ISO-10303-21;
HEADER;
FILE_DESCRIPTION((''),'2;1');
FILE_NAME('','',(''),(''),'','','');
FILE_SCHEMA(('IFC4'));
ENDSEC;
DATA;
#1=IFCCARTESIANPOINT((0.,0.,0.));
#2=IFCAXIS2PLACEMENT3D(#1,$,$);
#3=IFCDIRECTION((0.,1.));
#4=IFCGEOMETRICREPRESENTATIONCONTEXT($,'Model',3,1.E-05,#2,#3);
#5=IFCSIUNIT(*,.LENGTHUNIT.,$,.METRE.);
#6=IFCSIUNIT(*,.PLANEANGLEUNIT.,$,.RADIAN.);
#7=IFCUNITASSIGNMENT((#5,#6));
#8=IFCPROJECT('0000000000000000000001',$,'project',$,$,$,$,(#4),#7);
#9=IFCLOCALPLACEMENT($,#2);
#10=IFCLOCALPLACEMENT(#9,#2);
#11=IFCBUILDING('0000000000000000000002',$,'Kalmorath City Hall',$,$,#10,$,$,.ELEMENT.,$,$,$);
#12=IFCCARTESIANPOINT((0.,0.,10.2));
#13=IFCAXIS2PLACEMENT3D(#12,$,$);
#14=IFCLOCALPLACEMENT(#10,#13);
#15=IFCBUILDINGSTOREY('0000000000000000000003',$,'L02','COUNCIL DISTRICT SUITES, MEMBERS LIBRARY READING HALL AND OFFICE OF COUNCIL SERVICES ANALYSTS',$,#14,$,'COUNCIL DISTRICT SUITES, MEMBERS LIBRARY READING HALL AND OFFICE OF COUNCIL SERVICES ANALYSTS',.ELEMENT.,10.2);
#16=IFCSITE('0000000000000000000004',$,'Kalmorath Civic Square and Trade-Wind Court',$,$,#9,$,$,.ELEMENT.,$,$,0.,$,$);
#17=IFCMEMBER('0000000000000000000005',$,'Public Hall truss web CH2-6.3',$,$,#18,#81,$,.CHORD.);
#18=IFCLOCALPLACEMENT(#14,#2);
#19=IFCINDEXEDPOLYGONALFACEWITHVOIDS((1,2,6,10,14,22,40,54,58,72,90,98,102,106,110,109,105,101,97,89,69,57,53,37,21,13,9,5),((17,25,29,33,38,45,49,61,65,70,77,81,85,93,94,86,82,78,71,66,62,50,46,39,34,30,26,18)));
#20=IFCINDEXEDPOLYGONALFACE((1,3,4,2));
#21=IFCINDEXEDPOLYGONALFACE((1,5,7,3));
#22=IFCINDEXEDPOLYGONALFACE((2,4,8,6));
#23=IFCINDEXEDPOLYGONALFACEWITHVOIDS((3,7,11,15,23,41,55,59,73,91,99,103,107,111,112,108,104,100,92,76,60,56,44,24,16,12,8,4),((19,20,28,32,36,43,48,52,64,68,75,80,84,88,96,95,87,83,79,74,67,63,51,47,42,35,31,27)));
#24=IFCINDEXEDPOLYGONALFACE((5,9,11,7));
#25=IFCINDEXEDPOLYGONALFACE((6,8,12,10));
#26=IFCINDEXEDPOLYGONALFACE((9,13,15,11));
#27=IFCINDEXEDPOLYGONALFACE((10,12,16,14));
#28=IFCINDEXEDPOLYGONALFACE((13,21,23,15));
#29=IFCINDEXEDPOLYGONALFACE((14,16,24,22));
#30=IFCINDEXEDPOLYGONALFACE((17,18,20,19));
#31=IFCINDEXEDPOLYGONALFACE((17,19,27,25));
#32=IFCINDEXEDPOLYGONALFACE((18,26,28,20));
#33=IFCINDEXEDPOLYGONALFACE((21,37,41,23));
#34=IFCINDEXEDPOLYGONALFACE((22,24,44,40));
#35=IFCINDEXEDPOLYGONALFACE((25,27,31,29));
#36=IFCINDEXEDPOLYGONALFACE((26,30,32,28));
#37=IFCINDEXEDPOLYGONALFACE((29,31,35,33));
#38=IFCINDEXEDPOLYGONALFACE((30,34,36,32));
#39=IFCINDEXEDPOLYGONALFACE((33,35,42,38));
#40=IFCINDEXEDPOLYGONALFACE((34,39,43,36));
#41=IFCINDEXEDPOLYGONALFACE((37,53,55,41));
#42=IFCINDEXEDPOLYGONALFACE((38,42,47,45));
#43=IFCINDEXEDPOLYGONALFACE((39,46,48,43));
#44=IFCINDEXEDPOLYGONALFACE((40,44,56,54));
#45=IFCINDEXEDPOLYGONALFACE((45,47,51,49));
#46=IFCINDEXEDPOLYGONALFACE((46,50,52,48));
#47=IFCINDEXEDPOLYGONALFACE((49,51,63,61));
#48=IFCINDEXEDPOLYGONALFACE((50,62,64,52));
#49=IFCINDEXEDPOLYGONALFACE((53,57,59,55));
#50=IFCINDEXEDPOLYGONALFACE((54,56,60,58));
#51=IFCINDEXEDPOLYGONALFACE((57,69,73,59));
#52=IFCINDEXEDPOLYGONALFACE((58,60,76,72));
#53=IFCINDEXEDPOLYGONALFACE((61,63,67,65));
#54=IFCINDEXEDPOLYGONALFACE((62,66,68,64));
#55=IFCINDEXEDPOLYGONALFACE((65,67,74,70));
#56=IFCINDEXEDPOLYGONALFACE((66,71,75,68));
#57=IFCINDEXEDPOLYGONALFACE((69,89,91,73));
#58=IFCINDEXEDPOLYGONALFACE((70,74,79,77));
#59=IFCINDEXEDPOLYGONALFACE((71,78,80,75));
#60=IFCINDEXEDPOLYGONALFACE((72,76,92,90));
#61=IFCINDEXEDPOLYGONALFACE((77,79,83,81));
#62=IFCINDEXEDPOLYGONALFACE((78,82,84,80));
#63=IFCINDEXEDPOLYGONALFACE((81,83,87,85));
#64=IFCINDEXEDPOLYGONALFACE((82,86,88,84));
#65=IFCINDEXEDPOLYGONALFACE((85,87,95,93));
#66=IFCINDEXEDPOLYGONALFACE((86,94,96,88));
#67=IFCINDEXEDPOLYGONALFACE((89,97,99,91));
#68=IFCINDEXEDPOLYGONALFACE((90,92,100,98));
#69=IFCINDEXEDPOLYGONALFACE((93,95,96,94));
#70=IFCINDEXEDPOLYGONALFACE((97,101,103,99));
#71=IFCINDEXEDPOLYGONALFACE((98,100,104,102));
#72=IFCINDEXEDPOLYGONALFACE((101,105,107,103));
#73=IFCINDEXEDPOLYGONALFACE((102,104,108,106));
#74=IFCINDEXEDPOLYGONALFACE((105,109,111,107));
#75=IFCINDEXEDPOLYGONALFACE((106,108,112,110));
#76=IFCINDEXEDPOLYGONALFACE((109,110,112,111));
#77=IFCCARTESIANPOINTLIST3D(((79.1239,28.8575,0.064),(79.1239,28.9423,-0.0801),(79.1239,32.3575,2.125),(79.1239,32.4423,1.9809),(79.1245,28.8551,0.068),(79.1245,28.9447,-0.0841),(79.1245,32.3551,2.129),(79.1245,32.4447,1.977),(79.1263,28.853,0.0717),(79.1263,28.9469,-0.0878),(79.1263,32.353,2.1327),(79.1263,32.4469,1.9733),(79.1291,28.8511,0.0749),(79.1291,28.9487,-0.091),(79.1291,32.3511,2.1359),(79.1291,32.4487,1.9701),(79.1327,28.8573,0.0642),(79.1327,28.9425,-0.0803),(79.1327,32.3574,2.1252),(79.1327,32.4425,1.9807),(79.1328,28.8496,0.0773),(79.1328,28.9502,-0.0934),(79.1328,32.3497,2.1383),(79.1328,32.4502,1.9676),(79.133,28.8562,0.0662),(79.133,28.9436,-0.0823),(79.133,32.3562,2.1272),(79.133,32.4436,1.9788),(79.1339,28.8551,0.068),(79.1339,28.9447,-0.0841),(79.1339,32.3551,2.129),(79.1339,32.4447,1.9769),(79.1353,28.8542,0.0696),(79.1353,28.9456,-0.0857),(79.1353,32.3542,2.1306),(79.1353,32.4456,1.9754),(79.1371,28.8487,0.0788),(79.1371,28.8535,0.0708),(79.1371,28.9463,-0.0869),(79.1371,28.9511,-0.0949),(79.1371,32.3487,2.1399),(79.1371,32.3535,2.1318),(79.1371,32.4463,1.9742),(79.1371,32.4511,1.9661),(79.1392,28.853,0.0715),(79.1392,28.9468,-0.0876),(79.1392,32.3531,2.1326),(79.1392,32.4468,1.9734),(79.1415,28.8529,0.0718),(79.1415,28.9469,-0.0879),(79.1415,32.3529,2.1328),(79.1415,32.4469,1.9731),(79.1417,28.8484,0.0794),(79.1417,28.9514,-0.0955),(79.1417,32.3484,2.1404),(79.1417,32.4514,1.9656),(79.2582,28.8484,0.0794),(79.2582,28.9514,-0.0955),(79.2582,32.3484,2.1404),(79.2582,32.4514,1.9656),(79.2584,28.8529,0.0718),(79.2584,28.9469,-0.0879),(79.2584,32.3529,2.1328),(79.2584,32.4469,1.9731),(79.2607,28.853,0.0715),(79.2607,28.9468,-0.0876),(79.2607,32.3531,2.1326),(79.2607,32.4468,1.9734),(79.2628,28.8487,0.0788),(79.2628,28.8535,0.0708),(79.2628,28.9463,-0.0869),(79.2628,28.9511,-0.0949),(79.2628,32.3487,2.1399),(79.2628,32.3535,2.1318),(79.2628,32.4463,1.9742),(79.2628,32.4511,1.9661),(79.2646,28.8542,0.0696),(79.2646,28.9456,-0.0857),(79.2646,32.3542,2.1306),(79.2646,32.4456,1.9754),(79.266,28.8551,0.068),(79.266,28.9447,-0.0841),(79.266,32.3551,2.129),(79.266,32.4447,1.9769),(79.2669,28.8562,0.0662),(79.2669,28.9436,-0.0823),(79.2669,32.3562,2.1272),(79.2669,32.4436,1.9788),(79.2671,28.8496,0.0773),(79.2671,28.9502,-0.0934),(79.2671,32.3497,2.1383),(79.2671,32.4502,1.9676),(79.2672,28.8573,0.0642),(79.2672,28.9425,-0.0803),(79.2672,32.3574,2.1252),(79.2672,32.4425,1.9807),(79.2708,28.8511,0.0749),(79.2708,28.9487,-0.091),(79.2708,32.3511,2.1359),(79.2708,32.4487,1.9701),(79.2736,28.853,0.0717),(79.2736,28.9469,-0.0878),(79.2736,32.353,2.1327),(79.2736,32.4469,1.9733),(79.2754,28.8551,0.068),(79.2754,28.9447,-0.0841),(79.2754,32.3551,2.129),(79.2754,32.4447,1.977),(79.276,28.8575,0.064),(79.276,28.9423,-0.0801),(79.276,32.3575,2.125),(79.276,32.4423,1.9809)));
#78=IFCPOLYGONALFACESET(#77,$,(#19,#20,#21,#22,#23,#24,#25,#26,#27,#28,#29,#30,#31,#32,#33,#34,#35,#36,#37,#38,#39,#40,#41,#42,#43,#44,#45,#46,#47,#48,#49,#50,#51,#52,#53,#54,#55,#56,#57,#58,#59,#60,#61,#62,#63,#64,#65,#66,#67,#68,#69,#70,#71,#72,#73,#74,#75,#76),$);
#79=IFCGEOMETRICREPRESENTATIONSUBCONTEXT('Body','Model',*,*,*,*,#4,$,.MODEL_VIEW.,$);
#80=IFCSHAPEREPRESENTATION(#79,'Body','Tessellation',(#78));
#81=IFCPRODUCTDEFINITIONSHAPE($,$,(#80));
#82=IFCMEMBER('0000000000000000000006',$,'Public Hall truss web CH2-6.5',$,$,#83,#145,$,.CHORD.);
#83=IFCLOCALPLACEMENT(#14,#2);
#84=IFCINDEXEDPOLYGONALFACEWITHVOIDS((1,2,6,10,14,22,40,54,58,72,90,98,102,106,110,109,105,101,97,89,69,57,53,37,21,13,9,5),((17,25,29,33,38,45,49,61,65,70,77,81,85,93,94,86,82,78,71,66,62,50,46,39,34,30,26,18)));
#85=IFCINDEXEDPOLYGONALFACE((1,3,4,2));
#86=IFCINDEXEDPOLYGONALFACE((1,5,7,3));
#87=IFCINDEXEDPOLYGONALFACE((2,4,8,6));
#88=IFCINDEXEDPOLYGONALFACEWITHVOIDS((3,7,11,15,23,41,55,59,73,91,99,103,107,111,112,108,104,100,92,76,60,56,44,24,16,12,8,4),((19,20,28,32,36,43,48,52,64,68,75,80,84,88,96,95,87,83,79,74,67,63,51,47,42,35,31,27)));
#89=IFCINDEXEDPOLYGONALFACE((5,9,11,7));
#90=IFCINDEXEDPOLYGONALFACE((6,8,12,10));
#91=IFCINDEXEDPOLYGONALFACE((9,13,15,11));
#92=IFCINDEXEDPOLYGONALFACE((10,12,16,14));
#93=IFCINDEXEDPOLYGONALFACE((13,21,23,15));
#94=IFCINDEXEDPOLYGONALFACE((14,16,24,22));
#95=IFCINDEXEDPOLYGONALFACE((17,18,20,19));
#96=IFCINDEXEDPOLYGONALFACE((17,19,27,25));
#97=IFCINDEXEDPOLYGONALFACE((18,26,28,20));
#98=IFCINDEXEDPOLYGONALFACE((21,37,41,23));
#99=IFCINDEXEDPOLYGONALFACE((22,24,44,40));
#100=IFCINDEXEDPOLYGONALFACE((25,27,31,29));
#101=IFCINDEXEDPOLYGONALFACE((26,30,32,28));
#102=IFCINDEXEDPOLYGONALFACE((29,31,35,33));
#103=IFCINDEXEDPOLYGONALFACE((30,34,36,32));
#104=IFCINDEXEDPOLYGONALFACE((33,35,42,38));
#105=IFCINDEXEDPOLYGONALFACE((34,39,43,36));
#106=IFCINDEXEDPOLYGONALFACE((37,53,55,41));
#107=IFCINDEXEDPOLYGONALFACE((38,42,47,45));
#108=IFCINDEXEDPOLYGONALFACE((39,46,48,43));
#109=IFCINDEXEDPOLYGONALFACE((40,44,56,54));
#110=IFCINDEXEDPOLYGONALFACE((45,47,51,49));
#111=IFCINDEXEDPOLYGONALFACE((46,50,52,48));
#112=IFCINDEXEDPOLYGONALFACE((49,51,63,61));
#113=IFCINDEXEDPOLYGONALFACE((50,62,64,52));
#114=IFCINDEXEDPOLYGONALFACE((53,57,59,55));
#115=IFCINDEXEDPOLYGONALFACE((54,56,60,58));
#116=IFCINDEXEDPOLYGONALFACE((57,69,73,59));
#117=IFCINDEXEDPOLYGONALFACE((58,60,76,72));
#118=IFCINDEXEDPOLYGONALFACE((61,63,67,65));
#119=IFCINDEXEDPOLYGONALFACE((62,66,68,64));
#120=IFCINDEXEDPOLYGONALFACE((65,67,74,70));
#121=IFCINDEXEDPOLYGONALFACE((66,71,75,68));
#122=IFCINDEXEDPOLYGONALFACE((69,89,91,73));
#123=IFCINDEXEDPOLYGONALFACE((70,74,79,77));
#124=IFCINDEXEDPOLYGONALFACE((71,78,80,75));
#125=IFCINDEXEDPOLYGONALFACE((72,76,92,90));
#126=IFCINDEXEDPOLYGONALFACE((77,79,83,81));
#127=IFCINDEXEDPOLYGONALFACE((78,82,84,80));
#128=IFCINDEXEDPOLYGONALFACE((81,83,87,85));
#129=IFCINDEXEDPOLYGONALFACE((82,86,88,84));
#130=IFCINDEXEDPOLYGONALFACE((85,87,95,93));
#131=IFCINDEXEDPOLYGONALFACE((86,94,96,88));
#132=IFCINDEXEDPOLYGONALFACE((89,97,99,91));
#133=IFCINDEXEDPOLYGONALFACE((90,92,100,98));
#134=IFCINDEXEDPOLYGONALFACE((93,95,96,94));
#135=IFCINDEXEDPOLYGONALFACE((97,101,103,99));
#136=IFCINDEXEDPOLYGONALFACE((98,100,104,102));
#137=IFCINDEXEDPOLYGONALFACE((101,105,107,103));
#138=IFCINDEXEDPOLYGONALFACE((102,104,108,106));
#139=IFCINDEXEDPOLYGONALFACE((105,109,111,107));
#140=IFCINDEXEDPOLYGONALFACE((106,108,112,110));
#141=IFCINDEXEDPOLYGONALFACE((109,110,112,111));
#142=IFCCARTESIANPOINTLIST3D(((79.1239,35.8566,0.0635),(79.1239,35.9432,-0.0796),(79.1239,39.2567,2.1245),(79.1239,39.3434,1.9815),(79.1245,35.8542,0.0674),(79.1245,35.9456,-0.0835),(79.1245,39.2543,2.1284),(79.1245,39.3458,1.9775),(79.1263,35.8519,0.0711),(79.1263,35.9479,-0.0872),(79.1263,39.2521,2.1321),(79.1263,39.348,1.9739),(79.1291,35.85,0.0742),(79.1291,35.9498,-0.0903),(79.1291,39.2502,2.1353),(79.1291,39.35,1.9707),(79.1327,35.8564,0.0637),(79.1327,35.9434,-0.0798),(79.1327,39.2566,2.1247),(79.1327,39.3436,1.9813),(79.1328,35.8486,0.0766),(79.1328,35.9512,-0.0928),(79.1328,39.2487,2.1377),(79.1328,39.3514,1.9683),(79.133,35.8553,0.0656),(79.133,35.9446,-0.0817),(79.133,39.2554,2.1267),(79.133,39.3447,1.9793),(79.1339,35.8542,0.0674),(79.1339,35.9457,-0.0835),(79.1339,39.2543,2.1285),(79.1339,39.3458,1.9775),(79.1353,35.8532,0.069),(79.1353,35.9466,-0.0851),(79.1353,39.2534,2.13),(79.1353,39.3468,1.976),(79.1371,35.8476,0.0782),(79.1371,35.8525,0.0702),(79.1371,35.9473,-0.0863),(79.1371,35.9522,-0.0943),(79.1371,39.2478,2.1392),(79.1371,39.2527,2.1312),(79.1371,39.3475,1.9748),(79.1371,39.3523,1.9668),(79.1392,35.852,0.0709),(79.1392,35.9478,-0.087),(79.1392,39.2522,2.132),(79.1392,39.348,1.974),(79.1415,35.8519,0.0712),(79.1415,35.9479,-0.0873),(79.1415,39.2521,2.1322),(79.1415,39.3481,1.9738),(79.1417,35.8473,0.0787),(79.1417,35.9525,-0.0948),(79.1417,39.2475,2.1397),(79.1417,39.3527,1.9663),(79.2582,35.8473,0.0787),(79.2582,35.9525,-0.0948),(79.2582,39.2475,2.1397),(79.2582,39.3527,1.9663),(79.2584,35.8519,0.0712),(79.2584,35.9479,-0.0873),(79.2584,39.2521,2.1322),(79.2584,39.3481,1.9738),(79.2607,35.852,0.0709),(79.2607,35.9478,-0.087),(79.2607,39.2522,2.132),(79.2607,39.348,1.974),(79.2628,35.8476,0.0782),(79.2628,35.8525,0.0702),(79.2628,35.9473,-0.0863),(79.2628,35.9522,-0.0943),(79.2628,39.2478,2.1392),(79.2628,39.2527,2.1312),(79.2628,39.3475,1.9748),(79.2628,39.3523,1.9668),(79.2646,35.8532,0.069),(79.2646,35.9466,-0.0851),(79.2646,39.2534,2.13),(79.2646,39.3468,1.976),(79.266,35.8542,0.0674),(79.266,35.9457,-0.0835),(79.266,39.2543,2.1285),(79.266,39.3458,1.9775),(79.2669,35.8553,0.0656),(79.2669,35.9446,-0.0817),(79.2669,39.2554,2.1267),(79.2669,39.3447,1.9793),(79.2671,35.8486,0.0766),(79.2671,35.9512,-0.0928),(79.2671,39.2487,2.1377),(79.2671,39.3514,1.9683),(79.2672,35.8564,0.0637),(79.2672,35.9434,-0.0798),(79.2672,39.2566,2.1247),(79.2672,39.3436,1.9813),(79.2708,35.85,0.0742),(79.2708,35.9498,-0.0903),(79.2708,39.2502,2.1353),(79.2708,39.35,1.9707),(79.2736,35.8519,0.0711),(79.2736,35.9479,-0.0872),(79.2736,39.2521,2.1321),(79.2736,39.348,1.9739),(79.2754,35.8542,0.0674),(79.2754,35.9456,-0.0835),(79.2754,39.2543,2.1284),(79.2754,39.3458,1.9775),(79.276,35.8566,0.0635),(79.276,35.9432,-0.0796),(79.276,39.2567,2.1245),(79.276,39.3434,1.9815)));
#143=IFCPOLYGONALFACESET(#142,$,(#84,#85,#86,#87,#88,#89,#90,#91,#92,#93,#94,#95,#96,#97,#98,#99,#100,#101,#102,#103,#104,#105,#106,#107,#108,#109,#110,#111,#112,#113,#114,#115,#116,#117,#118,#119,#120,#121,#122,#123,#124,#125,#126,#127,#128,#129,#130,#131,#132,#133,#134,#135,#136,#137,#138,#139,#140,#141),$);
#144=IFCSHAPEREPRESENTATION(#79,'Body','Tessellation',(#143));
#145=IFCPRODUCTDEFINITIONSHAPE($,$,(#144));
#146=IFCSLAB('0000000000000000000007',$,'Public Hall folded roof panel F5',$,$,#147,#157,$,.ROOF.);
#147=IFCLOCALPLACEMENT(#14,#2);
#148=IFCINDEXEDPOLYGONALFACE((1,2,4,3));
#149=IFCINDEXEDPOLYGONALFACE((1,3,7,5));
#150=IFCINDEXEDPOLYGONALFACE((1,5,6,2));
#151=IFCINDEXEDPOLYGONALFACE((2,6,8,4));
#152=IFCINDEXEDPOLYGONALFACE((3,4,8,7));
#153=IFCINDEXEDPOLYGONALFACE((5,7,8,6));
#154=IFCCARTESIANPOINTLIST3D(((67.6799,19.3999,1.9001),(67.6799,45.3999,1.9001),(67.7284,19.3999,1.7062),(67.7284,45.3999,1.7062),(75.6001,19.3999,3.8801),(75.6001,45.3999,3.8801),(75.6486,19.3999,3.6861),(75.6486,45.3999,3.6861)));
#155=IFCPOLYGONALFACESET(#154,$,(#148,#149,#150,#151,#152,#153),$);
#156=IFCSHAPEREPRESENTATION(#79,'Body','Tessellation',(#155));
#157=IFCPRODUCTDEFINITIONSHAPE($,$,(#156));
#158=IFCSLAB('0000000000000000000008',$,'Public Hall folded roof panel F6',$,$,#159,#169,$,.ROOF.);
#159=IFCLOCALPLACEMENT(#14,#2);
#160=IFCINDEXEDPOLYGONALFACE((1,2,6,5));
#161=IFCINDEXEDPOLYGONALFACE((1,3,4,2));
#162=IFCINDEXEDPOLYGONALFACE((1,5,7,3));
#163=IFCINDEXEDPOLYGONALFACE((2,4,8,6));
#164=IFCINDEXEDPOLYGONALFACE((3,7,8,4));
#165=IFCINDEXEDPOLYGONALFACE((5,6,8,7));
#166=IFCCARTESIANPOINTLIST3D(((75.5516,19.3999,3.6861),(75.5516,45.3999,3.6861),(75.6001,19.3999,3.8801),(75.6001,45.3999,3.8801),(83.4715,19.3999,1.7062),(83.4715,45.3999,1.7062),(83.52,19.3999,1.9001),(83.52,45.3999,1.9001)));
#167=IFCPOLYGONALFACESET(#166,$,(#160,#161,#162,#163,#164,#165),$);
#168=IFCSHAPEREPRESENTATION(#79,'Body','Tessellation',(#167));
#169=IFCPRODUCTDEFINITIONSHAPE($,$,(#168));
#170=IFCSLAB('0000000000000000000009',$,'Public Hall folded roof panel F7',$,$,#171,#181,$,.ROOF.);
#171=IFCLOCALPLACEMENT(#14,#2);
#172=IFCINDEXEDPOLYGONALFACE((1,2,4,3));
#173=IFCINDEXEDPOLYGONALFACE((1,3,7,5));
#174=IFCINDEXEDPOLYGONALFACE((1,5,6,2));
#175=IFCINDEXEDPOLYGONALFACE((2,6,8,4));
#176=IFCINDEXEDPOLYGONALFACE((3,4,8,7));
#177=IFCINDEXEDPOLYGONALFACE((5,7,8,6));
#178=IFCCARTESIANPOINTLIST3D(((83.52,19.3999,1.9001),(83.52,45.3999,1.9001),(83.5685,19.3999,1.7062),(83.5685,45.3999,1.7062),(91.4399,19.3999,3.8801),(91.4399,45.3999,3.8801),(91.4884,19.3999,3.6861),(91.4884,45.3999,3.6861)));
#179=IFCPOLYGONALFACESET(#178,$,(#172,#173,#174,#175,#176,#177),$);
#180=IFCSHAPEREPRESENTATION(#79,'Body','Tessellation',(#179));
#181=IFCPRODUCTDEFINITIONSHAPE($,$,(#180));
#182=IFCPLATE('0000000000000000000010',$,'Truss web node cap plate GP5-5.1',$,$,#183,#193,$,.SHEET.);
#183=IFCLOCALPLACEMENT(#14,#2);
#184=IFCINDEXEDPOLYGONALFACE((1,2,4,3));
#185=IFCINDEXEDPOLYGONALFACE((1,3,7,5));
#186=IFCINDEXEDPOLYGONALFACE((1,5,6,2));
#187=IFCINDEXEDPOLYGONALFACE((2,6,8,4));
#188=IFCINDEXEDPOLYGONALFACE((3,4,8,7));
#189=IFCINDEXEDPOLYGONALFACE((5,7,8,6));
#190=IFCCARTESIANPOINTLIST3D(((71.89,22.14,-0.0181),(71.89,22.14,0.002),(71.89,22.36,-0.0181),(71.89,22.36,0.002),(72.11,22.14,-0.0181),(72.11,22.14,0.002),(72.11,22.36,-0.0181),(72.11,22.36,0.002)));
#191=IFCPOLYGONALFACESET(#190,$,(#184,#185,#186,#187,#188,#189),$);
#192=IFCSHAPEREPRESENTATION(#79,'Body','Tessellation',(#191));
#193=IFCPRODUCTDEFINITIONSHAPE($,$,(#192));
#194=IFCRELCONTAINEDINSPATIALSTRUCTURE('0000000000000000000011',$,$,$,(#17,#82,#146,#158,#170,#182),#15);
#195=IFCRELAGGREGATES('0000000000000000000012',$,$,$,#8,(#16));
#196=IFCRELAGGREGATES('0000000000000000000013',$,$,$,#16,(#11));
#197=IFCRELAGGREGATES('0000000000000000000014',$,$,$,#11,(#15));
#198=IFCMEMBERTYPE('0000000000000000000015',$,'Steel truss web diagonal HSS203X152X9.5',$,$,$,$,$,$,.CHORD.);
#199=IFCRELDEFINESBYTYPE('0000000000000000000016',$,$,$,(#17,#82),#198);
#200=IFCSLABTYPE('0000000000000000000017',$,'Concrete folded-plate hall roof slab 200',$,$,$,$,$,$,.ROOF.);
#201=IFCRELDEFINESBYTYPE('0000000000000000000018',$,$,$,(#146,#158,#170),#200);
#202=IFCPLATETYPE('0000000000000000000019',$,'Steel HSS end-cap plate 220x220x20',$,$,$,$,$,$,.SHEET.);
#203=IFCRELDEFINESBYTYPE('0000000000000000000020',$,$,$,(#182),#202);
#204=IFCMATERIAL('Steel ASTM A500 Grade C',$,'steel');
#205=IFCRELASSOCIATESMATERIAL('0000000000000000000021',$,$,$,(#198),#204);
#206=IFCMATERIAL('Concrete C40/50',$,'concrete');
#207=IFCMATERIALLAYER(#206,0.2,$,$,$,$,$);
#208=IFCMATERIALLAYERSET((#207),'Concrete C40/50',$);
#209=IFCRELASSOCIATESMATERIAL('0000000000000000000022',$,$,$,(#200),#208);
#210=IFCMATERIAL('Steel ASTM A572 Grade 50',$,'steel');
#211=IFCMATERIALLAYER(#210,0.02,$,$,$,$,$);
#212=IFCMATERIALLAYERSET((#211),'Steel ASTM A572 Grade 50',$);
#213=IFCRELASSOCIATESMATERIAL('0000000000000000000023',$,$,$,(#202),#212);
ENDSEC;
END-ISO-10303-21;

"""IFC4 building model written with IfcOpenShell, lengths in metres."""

from ifc_helpers import new_model, si_unit, direction, frame, origin, origin_2d, place, context, subcontext, project, spatial, polyline, rectangle, hollow_rectangle, outline, extrude, material, layer, layer_set, material_profile, profile_set, type_object, element, save


model = new_model("IFC4")

# Units and contexts
model_context = context("Model", 3, precision=1e-05, world=origin(), true_north=direction((0.0, 1.0)))
body_context = subcontext(model_context, "Body", "Model", "MODEL_VIEW")
ifc_project = project(units=[si_unit("LENGTHUNIT", "METRE"), si_unit("PLANEANGLEUNIT", "RADIAN")], contexts=[model_context])

# Site, building, storey
site_placement = place(None, origin())
site = spatial("IfcSite", under=ifc_project, at=site_placement, Name="Kalmorath Civic Square and Trade-Wind Court", CompositionType="ELEMENT", RefElevation=0.0)
building_placement = place(site_placement, origin())
building = spatial("IfcBuilding", under=site, at=building_placement, Name="Kalmorath City Hall", CompositionType="ELEMENT")
storey_placement = place(building_placement, frame((0.0, 0.0, 10.2)))
storey = spatial("IfcBuildingStorey", under=building, at=storey_placement, Name="L02", Description="COUNCIL DISTRICT SUITES, MEMBERS LIBRARY READING HALL AND OFFICE OF COUNCIL SERVICES ANALYSTS", LongName="COUNCIL DISTRICT SUITES, MEMBERS LIBRARY READING HALL AND OFFICE OF COUNCIL SERVICES ANALYSTS", CompositionType="ELEMENT", Elevation=10.2)

# Members
ifc_material_1 = material(Name="Steel ASTM A500 Grade C", Category="steel")
ifc_material_profile_1 = material_profile(ifc_material_1, hollow_rectangle(XDim=0.1521, YDim=0.2029, WallThickness=0.0088, InnerFilletRadius=0.0088, OuterFilletRadius=0.0178, at=origin_2d()), Name="HSS203X152X9.5")
ifc_profile_set_1 = profile_set([ifc_material_profile_1], Name="Steel ASTM A500 Grade C")
member_type_1 = type_object("IfcMemberType", Name="Steel truss web diagonal HSS203X152X9.5", PredefinedType="CHORD", material=ifc_profile_set_1)
member_1_placement = place(storey_placement, frame((79.2, 28.8999, -0.0081), z_axis=(0.0, 0.861696, 0.507425), x_axis=(-1.0, 0.0, 0.0)))
element("IfcMember", 1, at=member_1_placement, inside=storey, type_object=member_type_1, Name="Public Hall truss web CH2-6.3", PredefinedType="CHORD", context=body_context, shape_type="SweptSolid", body=[
    extrude(hollow_rectangle(XDim=0.1521, YDim=0.2029, WallThickness=0.0088, InnerFilletRadius=0.0088, OuterFilletRadius=0.0178, at=origin_2d()), origin(), (0.0, 0.0, 1.0), 4.0618),
])
member_2_placement = place(storey_placement, frame((79.2, 35.8999, -0.0081), z_axis=(0.0, 0.85516, 0.518364), x_axis=(-1.0, 0.0, 0.0)))
element("IfcMember", 2, at=member_2_placement, inside=storey, type_object=member_type_1, Name="Public Hall truss web CH2-6.5", PredefinedType="CHORD", context=body_context, shape_type="SweptSolid", body=[
    extrude(hollow_rectangle(XDim=0.1521, YDim=0.2029, WallThickness=0.0088, InnerFilletRadius=0.0088, OuterFilletRadius=0.0178, at=origin_2d()), origin(), (0.0, 0.0, 1.0), 3.9761),
])

# Slabs
ifc_material_2 = material(Name="Concrete C40/50", Category="concrete")
ifc_layer_1 = layer(ifc_material_2, 0.2)
ifc_layer_set_1 = layer_set([ifc_layer_1], Name="Concrete C40/50")
slab_type = type_object("IfcSlabType", Name="Concrete folded-plate hall roof slab 200", PredefinedType="ROOF", material=ifc_layer_set_1)
slab_placement = place(storey_placement, frame((67.6799, 19.3999, 1.9001), z_axis=(-0.242529, 0.0, 0.970144), x_axis=(0.970144, 0.0, 0.242529)))
element("IfcSlab", 3, at=slab_placement, inside=storey, type_object=slab_type, Name="Public Hall folded roof panel F5", PredefinedType="ROOF", context=body_context, shape_type="SweptSolid", body=[
    extrude(outline(polyline([(0.0, 0.0), (8.1639, 0.0), (8.1639, 26.0), (0.0, 26.0), (0.0, 0.0)])), origin(), (0.0, 0.0, -1.0), 0.2),
])
for number, where, z_axis, x_axis, name in (
    (4, (75.6001, 19.3999, 3.8801), (0.242536, 0.0, 0.970143), (0.970143, 0.0, -0.242536), "Public Hall folded roof panel F6"),
    (5, (83.52, 19.3999, 1.9001), (-0.242536, 0.0, 0.970143), (0.970143, 0.0, 0.242536), "Public Hall folded roof panel F7"),
):
    element("IfcSlab", number, at=place(storey_placement, frame(where, z_axis=z_axis, x_axis=x_axis)), inside=storey, type_object=slab_type, Name=name, PredefinedType="ROOF", context=body_context, shape_type="SweptSolid", body=[
        extrude(outline(polyline([(0.0, 0.0), (8.1637, 0.0), (8.1637, 26.0), (0.0, 26.0), (0.0, 0.0)])), origin(), (0.0, 0.0, -1.0), 0.2),
    ])

# Plate
ifc_material_3 = material(Name="Steel ASTM A572 Grade 50", Category="steel")
ifc_layer_2 = layer(ifc_material_3, 0.02)
ifc_layer_set_2 = layer_set([ifc_layer_2], Name="Steel ASTM A572 Grade 50")
plate_type = type_object("IfcPlateType", Name="Steel HSS end-cap plate 220x220x20", PredefinedType="SHEET", material=ifc_layer_set_2)
for number, where, z_axis, x_axis, name in (
    (6, (72.0, 22.25, -0.0181), (0.0, 0.0, 1.0), (1.0, 0.0, 0.0), "Truss web node cap plate GP5-5.1"),
):
    element("IfcPlate", number, at=place(storey_placement, frame(where, z_axis=z_axis, x_axis=x_axis)), inside=storey, type_object=plate_type, Name=name, PredefinedType="SHEET", context=body_context, shape_type="SweptSolid", body=[
        extrude(rectangle(XDim=0.22, YDim=0.22, at=origin_2d()), origin(), (0.0, 0.0, 1.0), 0.02),
    ])

save(model, "model.ifc")
